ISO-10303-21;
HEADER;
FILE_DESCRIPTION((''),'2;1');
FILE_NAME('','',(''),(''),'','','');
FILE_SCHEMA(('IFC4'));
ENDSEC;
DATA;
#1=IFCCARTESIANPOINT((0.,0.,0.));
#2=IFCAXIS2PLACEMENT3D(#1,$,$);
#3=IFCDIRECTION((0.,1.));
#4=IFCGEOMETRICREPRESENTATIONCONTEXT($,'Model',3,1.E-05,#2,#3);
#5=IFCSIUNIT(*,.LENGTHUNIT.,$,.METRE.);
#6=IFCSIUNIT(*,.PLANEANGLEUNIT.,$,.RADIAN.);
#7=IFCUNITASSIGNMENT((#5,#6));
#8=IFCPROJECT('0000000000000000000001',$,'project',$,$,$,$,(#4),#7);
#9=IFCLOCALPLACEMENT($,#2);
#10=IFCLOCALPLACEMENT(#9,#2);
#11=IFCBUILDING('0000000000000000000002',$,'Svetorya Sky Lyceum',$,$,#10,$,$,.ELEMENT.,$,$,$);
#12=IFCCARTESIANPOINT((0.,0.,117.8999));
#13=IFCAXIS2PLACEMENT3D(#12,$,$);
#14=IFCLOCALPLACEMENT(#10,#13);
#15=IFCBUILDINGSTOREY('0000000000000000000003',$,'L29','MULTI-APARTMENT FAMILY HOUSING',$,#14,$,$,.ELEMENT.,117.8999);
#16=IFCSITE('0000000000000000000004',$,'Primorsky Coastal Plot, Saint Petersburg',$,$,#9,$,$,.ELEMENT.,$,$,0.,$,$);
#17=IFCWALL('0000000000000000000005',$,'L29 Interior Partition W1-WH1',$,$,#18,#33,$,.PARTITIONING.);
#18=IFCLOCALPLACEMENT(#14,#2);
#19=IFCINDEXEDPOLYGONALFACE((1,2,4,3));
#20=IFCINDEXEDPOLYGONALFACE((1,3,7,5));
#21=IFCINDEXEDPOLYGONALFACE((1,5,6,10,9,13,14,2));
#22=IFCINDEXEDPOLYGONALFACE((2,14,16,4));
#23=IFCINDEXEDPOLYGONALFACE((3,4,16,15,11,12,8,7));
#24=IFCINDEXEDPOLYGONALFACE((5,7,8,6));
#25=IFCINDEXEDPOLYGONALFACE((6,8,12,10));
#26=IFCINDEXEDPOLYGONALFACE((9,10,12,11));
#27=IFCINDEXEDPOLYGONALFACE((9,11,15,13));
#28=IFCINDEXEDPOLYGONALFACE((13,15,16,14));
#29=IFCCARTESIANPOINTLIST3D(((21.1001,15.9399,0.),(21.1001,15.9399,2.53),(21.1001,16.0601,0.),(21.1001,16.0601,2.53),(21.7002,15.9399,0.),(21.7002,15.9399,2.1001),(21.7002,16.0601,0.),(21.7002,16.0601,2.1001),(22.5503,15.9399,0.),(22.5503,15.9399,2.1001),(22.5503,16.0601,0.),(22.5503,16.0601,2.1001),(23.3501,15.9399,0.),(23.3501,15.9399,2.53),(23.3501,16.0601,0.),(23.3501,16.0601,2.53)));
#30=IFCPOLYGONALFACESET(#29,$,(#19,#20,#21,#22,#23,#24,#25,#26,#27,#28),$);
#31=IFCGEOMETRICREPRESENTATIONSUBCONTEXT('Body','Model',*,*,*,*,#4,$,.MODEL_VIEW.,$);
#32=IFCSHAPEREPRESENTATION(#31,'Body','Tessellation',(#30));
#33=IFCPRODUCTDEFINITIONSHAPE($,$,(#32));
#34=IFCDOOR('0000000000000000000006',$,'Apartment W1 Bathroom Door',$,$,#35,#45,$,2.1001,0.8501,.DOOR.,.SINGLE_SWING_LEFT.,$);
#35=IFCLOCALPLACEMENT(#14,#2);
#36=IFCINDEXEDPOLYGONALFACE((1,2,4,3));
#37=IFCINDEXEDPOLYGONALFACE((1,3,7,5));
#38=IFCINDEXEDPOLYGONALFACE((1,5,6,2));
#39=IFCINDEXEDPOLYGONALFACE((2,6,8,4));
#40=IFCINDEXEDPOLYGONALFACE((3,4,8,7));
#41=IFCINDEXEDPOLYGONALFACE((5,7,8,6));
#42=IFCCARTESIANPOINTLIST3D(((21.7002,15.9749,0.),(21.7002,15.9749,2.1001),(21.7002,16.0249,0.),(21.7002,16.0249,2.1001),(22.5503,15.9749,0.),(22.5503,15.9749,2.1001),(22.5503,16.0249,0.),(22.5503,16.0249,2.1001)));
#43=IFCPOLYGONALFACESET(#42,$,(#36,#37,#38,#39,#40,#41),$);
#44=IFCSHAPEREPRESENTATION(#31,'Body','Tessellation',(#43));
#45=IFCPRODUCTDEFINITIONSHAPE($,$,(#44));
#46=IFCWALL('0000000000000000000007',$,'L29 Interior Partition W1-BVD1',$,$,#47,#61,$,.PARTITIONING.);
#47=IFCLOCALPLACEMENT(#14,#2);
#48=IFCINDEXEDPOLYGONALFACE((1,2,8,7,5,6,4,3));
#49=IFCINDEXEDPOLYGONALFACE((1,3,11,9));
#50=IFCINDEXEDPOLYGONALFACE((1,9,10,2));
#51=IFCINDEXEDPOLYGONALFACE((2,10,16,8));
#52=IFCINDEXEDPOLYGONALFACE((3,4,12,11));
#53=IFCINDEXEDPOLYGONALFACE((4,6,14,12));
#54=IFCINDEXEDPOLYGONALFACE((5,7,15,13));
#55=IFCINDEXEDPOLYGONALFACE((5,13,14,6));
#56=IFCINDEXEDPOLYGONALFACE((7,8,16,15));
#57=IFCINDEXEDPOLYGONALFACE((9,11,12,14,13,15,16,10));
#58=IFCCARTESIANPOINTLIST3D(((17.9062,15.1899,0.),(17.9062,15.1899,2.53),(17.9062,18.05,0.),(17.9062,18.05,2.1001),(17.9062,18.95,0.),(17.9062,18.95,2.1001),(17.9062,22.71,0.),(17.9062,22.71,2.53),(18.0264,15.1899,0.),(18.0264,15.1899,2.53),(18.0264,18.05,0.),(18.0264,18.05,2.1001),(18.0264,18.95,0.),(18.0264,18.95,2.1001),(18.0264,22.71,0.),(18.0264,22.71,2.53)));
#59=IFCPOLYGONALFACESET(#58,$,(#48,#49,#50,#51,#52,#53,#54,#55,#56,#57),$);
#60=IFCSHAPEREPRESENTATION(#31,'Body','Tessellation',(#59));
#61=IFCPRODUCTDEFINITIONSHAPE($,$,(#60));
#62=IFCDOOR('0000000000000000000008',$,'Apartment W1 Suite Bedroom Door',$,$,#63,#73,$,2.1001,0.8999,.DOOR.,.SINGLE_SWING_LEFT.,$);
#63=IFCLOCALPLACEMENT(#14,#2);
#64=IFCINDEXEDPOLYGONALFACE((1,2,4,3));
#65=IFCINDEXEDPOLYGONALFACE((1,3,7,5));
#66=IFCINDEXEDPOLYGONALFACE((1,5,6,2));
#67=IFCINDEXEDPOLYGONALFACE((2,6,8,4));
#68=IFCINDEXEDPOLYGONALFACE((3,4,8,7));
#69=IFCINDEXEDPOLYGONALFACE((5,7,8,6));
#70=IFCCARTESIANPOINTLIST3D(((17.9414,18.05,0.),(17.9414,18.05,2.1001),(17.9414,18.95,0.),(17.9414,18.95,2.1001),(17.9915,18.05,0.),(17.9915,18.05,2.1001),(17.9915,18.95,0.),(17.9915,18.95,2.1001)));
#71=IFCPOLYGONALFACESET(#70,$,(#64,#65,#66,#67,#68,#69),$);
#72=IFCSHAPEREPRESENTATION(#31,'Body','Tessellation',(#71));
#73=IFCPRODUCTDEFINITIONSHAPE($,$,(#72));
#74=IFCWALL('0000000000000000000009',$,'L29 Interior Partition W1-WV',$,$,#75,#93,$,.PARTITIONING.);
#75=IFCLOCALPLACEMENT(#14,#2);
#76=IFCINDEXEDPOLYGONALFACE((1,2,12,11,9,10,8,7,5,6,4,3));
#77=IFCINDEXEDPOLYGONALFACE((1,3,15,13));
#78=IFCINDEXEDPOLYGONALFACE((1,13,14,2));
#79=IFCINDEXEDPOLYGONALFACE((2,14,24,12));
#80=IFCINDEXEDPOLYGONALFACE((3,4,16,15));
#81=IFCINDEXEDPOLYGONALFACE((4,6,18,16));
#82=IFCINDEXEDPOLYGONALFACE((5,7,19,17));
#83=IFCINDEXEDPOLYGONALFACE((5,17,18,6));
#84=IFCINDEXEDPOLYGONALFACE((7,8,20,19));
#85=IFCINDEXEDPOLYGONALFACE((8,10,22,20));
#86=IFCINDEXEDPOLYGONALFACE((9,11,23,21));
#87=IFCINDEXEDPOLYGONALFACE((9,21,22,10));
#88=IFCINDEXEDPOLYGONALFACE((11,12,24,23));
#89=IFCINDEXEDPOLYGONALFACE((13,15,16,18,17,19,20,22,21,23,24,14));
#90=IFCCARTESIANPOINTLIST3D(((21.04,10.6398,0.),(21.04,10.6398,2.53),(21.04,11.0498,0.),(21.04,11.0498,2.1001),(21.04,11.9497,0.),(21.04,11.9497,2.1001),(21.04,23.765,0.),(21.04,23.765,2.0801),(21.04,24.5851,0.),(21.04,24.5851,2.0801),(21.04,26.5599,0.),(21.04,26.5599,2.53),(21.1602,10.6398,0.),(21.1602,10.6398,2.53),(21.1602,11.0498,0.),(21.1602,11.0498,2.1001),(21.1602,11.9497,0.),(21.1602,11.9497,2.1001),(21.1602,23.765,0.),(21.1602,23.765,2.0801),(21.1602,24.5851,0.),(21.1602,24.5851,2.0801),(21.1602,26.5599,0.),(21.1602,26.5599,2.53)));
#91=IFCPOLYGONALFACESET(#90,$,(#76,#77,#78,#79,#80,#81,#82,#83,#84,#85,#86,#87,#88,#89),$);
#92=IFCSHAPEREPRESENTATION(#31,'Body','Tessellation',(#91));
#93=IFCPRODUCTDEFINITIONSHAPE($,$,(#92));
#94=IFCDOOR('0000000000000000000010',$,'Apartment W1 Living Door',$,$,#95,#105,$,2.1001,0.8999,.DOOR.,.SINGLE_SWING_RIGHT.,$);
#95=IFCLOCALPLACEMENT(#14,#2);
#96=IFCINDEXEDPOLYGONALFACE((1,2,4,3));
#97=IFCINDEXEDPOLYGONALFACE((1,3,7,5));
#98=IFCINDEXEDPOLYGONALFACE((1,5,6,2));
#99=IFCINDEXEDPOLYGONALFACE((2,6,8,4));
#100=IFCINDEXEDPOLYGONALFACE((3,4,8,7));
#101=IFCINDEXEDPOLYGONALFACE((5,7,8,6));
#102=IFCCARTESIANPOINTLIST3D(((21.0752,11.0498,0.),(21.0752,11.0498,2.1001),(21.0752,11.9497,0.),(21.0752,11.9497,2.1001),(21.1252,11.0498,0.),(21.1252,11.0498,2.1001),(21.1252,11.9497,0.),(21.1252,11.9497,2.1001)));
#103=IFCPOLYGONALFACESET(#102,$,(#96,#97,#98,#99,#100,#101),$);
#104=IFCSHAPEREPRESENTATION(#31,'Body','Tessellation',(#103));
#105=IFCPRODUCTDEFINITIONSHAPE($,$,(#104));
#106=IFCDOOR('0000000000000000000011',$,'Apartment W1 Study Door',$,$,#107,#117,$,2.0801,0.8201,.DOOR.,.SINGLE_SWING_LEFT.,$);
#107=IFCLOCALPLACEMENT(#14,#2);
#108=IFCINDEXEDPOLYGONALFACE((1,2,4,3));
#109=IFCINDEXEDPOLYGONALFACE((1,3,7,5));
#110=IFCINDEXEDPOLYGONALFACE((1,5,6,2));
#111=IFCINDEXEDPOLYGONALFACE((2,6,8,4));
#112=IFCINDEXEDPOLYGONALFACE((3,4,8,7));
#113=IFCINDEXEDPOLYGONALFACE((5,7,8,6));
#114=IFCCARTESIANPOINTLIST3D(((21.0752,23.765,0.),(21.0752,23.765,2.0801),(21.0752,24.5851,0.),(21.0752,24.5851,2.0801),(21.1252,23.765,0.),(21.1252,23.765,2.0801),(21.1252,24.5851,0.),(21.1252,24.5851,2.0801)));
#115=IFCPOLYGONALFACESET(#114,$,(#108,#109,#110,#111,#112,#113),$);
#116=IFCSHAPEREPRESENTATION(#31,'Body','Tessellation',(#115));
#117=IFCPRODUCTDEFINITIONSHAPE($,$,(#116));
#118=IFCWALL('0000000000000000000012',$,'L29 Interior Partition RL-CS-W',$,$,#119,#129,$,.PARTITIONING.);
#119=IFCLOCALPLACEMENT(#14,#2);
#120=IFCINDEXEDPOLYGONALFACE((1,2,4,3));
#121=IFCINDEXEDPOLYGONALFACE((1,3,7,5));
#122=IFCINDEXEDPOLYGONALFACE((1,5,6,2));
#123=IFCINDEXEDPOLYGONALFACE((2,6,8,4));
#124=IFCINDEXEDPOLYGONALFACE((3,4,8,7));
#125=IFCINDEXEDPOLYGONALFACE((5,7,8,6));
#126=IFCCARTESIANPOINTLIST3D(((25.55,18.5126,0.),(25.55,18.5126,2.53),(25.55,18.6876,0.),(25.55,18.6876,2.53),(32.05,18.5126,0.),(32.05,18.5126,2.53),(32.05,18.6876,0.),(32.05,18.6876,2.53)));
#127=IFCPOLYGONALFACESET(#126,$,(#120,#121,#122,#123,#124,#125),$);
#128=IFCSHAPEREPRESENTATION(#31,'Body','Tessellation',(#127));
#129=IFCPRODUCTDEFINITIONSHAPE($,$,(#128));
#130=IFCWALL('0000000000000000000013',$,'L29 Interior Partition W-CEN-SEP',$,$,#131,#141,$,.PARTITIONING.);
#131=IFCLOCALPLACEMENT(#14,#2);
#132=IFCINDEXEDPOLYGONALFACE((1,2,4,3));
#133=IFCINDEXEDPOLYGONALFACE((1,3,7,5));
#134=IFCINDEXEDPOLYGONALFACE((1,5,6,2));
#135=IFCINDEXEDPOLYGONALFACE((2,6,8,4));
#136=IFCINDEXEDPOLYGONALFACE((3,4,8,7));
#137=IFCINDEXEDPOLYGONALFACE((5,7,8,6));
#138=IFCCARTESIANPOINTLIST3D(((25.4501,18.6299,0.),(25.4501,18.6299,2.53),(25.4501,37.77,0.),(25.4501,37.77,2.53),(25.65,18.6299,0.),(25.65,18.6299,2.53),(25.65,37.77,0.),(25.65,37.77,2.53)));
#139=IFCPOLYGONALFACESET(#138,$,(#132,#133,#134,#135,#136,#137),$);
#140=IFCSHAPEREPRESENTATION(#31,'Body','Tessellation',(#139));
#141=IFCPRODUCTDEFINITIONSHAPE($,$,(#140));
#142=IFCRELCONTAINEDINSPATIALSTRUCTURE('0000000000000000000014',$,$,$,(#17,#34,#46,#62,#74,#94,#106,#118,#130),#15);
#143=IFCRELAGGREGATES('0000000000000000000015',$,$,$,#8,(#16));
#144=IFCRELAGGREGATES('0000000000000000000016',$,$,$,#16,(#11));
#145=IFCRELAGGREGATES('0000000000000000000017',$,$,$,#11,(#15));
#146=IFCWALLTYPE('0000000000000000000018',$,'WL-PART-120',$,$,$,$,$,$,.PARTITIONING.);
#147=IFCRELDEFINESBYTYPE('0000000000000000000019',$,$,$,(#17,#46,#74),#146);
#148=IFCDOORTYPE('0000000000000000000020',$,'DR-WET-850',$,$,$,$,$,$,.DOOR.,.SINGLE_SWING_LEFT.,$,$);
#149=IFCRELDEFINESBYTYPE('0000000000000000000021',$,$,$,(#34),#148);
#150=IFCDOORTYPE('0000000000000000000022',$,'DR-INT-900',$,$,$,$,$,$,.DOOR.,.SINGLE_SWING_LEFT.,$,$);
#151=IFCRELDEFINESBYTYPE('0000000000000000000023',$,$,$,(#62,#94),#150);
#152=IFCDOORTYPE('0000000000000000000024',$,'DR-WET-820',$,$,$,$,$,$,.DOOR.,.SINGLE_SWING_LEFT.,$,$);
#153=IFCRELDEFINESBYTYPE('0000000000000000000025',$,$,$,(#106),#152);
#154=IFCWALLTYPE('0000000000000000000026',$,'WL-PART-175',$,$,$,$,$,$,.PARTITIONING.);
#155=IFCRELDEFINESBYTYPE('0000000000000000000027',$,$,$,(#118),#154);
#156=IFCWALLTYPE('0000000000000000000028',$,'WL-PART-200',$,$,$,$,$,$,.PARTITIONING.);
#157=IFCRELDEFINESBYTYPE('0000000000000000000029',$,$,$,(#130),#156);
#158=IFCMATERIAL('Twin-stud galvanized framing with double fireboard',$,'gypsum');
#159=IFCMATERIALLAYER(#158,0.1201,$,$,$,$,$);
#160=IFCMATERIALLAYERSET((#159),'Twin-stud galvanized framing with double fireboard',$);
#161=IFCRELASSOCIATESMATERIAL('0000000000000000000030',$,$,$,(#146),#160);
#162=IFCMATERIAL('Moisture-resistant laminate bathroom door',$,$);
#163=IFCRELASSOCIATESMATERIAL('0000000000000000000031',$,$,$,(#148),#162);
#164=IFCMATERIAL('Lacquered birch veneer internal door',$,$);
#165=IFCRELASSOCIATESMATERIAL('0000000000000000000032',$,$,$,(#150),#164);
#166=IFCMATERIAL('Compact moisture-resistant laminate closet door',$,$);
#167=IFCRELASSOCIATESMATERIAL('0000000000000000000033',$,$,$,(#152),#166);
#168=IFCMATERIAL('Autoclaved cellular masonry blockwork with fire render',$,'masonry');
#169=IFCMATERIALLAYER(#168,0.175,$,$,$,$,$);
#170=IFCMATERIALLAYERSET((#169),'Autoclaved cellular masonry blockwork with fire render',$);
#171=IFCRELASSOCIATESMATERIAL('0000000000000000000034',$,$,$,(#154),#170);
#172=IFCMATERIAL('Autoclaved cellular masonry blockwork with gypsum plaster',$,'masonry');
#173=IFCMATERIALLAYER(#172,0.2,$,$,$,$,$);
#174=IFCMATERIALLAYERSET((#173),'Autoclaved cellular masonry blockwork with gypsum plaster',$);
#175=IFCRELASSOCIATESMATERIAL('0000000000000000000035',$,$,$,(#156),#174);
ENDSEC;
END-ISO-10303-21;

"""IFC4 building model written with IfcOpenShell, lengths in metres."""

from ifc_helpers import new_model, si_unit, direction, frame, frame_2d, origin, place, context, subcontext, project, spatial, rectangle, extrude, material, layer, layer_set, type_object, element, fill, save


model = new_model("IFC4")

# Units and contexts
model_context = context("Model", 3, precision=1e-05, world=origin(), true_north=direction((0.0, 1.0)))
body_context = subcontext(model_context, "Body", "Model", "MODEL_VIEW")
ifc_project = project(units=[si_unit("LENGTHUNIT", "METRE"), si_unit("PLANEANGLEUNIT", "RADIAN")], contexts=[model_context])

# Site, building, storey
site_placement = place(None, origin())
site = spatial("IfcSite", under=ifc_project, at=site_placement, Name="Primorsky Coastal Plot, Saint Petersburg", CompositionType="ELEMENT", RefElevation=0.0)
building_placement = place(site_placement, origin())
building = spatial("IfcBuilding", under=site, at=building_placement, Name="Svetorya Sky Lyceum", CompositionType="ELEMENT")
storey_placement = place(building_placement, frame((0.0, 0.0, 117.8999)))
storey = spatial("IfcBuildingStorey", under=building, at=storey_placement, Name="L29", Description="MULTI-APARTMENT FAMILY HOUSING", CompositionType="ELEMENT", Elevation=117.8999)

# Walls, openings, doors
ifc_material_1 = material(Name="Twin-stud galvanized framing with double fireboard", Category="gypsum")
ifc_layer_1 = layer(ifc_material_1, 0.1201)
ifc_layer_set_1 = layer_set([ifc_layer_1], Name="Twin-stud galvanized framing with double fireboard")
wall_type_1 = type_object("IfcWallType", Name="WL-PART-120", PredefinedType="PARTITIONING", material=ifc_layer_set_1)
wall_1_placement = place(storey_placement, frame((21.1001, 16.0, 0.0), z_axis=(0.0, 0.0, 1.0), x_axis=(1.0, 0.0, 0.0)))
wall_1 = element("IfcWall", 1, at=wall_1_placement, inside=storey, type_object=wall_type_1, Name="L29 Interior Partition W1-WH1", PredefinedType="PARTITIONING", context=body_context, shape_type="SweptSolid", body=[
    extrude(rectangle(XDim=2.25, YDim=0.1201, at=frame_2d((1.125, 0.0))), origin(), (0.0, 0.0, 1.0), 2.53),
])
opening_1_placement = place(wall_1_placement, frame((0.6001, 0.0, 0.0)))
opening_1 = element("IfcOpeningElement", 2, at=opening_1_placement, cuts=wall_1, PredefinedType="OPENING", context=body_context, shape_type="SweptSolid", body=[
    extrude(rectangle(XDim=0.8501, YDim=2.1001, at=frame_2d((0.425, 1.05))), frame((0.0, 0.0701, 0.0), z_axis=(0.0, -1.0, 0.0), x_axis=(1.0, 0.0, 0.0)), (0.0, 0.0, 1.0), 0.1401),
])
ifc_material_2 = material(Name="Moisture-resistant laminate bathroom door")
door_type_1 = type_object("IfcDoorType", Name="DR-WET-850", OperationType="SINGLE_SWING_LEFT", PredefinedType="DOOR", material=ifc_material_2)
door_1_placement = place(opening_1_placement, origin())
door_1 = element("IfcDoor", 3, at=door_1_placement, inside=storey, type_object=door_type_1, Name="Apartment W1 Bathroom Door", OperationType="SINGLE_SWING_LEFT", OverallHeight=2.1001, OverallWidth=0.8501, PredefinedType="DOOR", context=body_context, shape_type="SweptSolid", body=[
    extrude(rectangle(XDim=0.8501, YDim=2.1001, at=frame_2d((0.425, 1.05))), frame((0.0, 0.0249, 0.0), z_axis=(0.0, -1.0, 0.0), x_axis=(1.0, 0.0, 0.0)), (0.0, 0.0, 1.0), 0.05),
])
fill(opening_1, door_1)
wall_2_placement = place(storey_placement, frame((17.9663, 15.1899, 0.0), z_axis=(0.0, 0.0, 1.0), x_axis=(0.0, 1.0, 0.0)))
wall_2 = element("IfcWall", 4, at=wall_2_placement, inside=storey, type_object=wall_type_1, Name="L29 Interior Partition W1-BVD1", PredefinedType="PARTITIONING", context=body_context, shape_type="SweptSolid", body=[
    extrude(rectangle(XDim=7.52, YDim=0.1201, at=frame_2d((3.76, 0.0))), origin(), (0.0, 0.0, 1.0), 2.53),
])
opening_2_placement = place(wall_2_placement, frame((2.8601, 0.0, 0.0)))
opening_2 = element("IfcOpeningElement", 5, at=opening_2_placement, cuts=wall_2, PredefinedType="OPENING", context=body_context, shape_type="SweptSolid", body=[
    extrude(rectangle(XDim=0.8999, YDim=2.1001, at=frame_2d((0.45, 1.05))), frame((0.0, 0.0701, 0.0), z_axis=(0.0, -1.0, 0.0), x_axis=(1.0, 0.0, 0.0)), (0.0, 0.0, 1.0), 0.1401),
])
ifc_material_3 = material(Name="Lacquered birch veneer internal door")
door_type_2 = type_object("IfcDoorType", Name="DR-INT-900", OperationType="SINGLE_SWING_LEFT", PredefinedType="DOOR", material=ifc_material_3)
door_2_placement = place(opening_2_placement, origin())
door_2 = element("IfcDoor", 6, at=door_2_placement, inside=storey, type_object=door_type_2, Name="Apartment W1 Suite Bedroom Door", OperationType="SINGLE_SWING_LEFT", OverallHeight=2.1001, OverallWidth=0.8999, PredefinedType="DOOR", context=body_context, shape_type="SweptSolid", body=[
    extrude(rectangle(XDim=0.8999, YDim=2.1001, at=frame_2d((0.45, 1.05))), frame((0.0, 0.0249, 0.0), z_axis=(0.0, -1.0, 0.0), x_axis=(1.0, 0.0, 0.0)), (0.0, 0.0, 1.0), 0.05),
])
fill(opening_2, door_2)

# Wall, openings, doors
wall_3_placement = place(storey_placement, frame((21.1001, 10.6399, 0.0), z_axis=(0.0, 0.0, 1.0), x_axis=(0.0, 1.0, 0.0)))
wall_3 = element("IfcWall", 7, at=wall_3_placement, inside=storey, type_object=wall_type_1, Name="L29 Interior Partition W1-WV", PredefinedType="PARTITIONING", context=body_context, shape_type="SweptSolid", body=[
    extrude(rectangle(XDim=15.9202, YDim=0.1201, at=frame_2d((7.96, 0.0))), origin(), (0.0, 0.0, 1.0), 2.53),
])
opening_3_placement = place(wall_3_placement, frame((0.4099, 0.0, 0.0)))
opening_3 = element("IfcOpeningElement", 8, at=opening_3_placement, cuts=wall_3, PredefinedType="OPENING", context=body_context, shape_type="SweptSolid", body=[
    extrude(rectangle(XDim=0.8999, YDim=2.1001, at=frame_2d((0.45, 1.05))), frame((0.0, 0.0701, 0.0), z_axis=(0.0, -1.0, 0.0), x_axis=(1.0, 0.0, 0.0)), (0.0, 0.0, 1.0), 0.1401),
])
opening_4_placement = place(wall_3_placement, frame((13.125, 0.0, 0.0)))
opening_4 = element("IfcOpeningElement", 9, at=opening_4_placement, cuts=wall_3, PredefinedType="OPENING", context=body_context, shape_type="SweptSolid", body=[
    extrude(rectangle(XDim=0.8201, YDim=2.0801, at=frame_2d((0.4102, 1.04))), frame((0.0, 0.0701, 0.0), z_axis=(0.0, -1.0, 0.0), x_axis=(1.0, 0.0, 0.0)), (0.0, 0.0, 1.0), 0.1401),
])
door_3_placement = place(opening_3_placement, origin())
door_3 = element("IfcDoor", 10, at=door_3_placement, inside=storey, type_object=door_type_2, Name="Apartment W1 Living Door", OperationType="SINGLE_SWING_RIGHT", OverallHeight=2.1001, OverallWidth=0.8999, PredefinedType="DOOR", context=body_context, shape_type="SweptSolid", body=[
    extrude(rectangle(XDim=0.8999, YDim=2.1001, at=frame_2d((0.45, 1.05))), frame((0.0, 0.0249, 0.0), z_axis=(0.0, -1.0, 0.0), x_axis=(1.0, 0.0, 0.0)), (0.0, 0.0, 1.0), 0.05),
])
fill(opening_3, door_3)
ifc_material_4 = material(Name="Compact moisture-resistant laminate closet door")
door_type_3 = type_object("IfcDoorType", Name="DR-WET-820", OperationType="SINGLE_SWING_LEFT", PredefinedType="DOOR", material=ifc_material_4)
door_4_placement = place(opening_4_placement, origin())
door_4 = element("IfcDoor", 11, at=door_4_placement, inside=storey, type_object=door_type_3, Name="Apartment W1 Study Door", OperationType="SINGLE_SWING_LEFT", OverallHeight=2.0801, OverallWidth=0.8201, PredefinedType="DOOR", context=body_context, shape_type="SweptSolid", body=[
    extrude(rectangle(XDim=0.8201, YDim=2.0801, at=frame_2d((0.4102, 1.04))), frame((0.0, 0.0249, 0.0), z_axis=(0.0, -1.0, 0.0), x_axis=(1.0, 0.0, 0.0)), (0.0, 0.0, 1.0), 0.05),
])
fill(opening_4, door_4)

# Walls
ifc_material_5 = material(Name="Autoclaved cellular masonry blockwork with fire render", Category="masonry")
ifc_layer_2 = layer(ifc_material_5, 0.175)
ifc_layer_set_2 = layer_set([ifc_layer_2], Name="Autoclaved cellular masonry blockwork with fire render")
wall_type_2 = type_object("IfcWallType", Name="WL-PART-175", PredefinedType="PARTITIONING", material=ifc_layer_set_2)
wall_4_placement = place(storey_placement, frame((25.55, 18.6001, 0.0), z_axis=(0.0, 0.0, 1.0), x_axis=(1.0, 0.0, 0.0)))
element("IfcWall", 12, at=wall_4_placement, inside=storey, type_object=wall_type_2, Name="L29 Interior Partition RL-CS-W", PredefinedType="PARTITIONING", context=body_context, shape_type="SweptSolid", body=[
    extrude(rectangle(XDim=6.5, YDim=0.175, at=frame_2d((3.25, 0.0))), origin(), (0.0, 0.0, 1.0), 2.53),
])
ifc_material_6 = material(Name="Autoclaved cellular masonry blockwork with gypsum plaster", Category="masonry")
ifc_layer_3 = layer(ifc_material_6, 0.2)
ifc_layer_set_3 = layer_set([ifc_layer_3], Name="Autoclaved cellular masonry blockwork with gypsum plaster")
wall_type_3 = type_object("IfcWallType", Name="WL-PART-200", PredefinedType="PARTITIONING", material=ifc_layer_set_3)
wall_5_placement = place(storey_placement, frame((25.55, 18.6299, 0.0), z_axis=(0.0, 0.0, 1.0), x_axis=(0.0, 1.0, 0.0)))
element("IfcWall", 13, at=wall_5_placement, inside=storey, type_object=wall_type_3, Name="L29 Interior Partition W-CEN-SEP", PredefinedType="PARTITIONING", context=body_context, shape_type="SweptSolid", body=[
    extrude(rectangle(XDim=19.1401, YDim=0.2, at=frame_2d((9.5701, 0.0))), origin(), (0.0, 0.0, 1.0), 2.53),
])

save(model, "model.ifc")
